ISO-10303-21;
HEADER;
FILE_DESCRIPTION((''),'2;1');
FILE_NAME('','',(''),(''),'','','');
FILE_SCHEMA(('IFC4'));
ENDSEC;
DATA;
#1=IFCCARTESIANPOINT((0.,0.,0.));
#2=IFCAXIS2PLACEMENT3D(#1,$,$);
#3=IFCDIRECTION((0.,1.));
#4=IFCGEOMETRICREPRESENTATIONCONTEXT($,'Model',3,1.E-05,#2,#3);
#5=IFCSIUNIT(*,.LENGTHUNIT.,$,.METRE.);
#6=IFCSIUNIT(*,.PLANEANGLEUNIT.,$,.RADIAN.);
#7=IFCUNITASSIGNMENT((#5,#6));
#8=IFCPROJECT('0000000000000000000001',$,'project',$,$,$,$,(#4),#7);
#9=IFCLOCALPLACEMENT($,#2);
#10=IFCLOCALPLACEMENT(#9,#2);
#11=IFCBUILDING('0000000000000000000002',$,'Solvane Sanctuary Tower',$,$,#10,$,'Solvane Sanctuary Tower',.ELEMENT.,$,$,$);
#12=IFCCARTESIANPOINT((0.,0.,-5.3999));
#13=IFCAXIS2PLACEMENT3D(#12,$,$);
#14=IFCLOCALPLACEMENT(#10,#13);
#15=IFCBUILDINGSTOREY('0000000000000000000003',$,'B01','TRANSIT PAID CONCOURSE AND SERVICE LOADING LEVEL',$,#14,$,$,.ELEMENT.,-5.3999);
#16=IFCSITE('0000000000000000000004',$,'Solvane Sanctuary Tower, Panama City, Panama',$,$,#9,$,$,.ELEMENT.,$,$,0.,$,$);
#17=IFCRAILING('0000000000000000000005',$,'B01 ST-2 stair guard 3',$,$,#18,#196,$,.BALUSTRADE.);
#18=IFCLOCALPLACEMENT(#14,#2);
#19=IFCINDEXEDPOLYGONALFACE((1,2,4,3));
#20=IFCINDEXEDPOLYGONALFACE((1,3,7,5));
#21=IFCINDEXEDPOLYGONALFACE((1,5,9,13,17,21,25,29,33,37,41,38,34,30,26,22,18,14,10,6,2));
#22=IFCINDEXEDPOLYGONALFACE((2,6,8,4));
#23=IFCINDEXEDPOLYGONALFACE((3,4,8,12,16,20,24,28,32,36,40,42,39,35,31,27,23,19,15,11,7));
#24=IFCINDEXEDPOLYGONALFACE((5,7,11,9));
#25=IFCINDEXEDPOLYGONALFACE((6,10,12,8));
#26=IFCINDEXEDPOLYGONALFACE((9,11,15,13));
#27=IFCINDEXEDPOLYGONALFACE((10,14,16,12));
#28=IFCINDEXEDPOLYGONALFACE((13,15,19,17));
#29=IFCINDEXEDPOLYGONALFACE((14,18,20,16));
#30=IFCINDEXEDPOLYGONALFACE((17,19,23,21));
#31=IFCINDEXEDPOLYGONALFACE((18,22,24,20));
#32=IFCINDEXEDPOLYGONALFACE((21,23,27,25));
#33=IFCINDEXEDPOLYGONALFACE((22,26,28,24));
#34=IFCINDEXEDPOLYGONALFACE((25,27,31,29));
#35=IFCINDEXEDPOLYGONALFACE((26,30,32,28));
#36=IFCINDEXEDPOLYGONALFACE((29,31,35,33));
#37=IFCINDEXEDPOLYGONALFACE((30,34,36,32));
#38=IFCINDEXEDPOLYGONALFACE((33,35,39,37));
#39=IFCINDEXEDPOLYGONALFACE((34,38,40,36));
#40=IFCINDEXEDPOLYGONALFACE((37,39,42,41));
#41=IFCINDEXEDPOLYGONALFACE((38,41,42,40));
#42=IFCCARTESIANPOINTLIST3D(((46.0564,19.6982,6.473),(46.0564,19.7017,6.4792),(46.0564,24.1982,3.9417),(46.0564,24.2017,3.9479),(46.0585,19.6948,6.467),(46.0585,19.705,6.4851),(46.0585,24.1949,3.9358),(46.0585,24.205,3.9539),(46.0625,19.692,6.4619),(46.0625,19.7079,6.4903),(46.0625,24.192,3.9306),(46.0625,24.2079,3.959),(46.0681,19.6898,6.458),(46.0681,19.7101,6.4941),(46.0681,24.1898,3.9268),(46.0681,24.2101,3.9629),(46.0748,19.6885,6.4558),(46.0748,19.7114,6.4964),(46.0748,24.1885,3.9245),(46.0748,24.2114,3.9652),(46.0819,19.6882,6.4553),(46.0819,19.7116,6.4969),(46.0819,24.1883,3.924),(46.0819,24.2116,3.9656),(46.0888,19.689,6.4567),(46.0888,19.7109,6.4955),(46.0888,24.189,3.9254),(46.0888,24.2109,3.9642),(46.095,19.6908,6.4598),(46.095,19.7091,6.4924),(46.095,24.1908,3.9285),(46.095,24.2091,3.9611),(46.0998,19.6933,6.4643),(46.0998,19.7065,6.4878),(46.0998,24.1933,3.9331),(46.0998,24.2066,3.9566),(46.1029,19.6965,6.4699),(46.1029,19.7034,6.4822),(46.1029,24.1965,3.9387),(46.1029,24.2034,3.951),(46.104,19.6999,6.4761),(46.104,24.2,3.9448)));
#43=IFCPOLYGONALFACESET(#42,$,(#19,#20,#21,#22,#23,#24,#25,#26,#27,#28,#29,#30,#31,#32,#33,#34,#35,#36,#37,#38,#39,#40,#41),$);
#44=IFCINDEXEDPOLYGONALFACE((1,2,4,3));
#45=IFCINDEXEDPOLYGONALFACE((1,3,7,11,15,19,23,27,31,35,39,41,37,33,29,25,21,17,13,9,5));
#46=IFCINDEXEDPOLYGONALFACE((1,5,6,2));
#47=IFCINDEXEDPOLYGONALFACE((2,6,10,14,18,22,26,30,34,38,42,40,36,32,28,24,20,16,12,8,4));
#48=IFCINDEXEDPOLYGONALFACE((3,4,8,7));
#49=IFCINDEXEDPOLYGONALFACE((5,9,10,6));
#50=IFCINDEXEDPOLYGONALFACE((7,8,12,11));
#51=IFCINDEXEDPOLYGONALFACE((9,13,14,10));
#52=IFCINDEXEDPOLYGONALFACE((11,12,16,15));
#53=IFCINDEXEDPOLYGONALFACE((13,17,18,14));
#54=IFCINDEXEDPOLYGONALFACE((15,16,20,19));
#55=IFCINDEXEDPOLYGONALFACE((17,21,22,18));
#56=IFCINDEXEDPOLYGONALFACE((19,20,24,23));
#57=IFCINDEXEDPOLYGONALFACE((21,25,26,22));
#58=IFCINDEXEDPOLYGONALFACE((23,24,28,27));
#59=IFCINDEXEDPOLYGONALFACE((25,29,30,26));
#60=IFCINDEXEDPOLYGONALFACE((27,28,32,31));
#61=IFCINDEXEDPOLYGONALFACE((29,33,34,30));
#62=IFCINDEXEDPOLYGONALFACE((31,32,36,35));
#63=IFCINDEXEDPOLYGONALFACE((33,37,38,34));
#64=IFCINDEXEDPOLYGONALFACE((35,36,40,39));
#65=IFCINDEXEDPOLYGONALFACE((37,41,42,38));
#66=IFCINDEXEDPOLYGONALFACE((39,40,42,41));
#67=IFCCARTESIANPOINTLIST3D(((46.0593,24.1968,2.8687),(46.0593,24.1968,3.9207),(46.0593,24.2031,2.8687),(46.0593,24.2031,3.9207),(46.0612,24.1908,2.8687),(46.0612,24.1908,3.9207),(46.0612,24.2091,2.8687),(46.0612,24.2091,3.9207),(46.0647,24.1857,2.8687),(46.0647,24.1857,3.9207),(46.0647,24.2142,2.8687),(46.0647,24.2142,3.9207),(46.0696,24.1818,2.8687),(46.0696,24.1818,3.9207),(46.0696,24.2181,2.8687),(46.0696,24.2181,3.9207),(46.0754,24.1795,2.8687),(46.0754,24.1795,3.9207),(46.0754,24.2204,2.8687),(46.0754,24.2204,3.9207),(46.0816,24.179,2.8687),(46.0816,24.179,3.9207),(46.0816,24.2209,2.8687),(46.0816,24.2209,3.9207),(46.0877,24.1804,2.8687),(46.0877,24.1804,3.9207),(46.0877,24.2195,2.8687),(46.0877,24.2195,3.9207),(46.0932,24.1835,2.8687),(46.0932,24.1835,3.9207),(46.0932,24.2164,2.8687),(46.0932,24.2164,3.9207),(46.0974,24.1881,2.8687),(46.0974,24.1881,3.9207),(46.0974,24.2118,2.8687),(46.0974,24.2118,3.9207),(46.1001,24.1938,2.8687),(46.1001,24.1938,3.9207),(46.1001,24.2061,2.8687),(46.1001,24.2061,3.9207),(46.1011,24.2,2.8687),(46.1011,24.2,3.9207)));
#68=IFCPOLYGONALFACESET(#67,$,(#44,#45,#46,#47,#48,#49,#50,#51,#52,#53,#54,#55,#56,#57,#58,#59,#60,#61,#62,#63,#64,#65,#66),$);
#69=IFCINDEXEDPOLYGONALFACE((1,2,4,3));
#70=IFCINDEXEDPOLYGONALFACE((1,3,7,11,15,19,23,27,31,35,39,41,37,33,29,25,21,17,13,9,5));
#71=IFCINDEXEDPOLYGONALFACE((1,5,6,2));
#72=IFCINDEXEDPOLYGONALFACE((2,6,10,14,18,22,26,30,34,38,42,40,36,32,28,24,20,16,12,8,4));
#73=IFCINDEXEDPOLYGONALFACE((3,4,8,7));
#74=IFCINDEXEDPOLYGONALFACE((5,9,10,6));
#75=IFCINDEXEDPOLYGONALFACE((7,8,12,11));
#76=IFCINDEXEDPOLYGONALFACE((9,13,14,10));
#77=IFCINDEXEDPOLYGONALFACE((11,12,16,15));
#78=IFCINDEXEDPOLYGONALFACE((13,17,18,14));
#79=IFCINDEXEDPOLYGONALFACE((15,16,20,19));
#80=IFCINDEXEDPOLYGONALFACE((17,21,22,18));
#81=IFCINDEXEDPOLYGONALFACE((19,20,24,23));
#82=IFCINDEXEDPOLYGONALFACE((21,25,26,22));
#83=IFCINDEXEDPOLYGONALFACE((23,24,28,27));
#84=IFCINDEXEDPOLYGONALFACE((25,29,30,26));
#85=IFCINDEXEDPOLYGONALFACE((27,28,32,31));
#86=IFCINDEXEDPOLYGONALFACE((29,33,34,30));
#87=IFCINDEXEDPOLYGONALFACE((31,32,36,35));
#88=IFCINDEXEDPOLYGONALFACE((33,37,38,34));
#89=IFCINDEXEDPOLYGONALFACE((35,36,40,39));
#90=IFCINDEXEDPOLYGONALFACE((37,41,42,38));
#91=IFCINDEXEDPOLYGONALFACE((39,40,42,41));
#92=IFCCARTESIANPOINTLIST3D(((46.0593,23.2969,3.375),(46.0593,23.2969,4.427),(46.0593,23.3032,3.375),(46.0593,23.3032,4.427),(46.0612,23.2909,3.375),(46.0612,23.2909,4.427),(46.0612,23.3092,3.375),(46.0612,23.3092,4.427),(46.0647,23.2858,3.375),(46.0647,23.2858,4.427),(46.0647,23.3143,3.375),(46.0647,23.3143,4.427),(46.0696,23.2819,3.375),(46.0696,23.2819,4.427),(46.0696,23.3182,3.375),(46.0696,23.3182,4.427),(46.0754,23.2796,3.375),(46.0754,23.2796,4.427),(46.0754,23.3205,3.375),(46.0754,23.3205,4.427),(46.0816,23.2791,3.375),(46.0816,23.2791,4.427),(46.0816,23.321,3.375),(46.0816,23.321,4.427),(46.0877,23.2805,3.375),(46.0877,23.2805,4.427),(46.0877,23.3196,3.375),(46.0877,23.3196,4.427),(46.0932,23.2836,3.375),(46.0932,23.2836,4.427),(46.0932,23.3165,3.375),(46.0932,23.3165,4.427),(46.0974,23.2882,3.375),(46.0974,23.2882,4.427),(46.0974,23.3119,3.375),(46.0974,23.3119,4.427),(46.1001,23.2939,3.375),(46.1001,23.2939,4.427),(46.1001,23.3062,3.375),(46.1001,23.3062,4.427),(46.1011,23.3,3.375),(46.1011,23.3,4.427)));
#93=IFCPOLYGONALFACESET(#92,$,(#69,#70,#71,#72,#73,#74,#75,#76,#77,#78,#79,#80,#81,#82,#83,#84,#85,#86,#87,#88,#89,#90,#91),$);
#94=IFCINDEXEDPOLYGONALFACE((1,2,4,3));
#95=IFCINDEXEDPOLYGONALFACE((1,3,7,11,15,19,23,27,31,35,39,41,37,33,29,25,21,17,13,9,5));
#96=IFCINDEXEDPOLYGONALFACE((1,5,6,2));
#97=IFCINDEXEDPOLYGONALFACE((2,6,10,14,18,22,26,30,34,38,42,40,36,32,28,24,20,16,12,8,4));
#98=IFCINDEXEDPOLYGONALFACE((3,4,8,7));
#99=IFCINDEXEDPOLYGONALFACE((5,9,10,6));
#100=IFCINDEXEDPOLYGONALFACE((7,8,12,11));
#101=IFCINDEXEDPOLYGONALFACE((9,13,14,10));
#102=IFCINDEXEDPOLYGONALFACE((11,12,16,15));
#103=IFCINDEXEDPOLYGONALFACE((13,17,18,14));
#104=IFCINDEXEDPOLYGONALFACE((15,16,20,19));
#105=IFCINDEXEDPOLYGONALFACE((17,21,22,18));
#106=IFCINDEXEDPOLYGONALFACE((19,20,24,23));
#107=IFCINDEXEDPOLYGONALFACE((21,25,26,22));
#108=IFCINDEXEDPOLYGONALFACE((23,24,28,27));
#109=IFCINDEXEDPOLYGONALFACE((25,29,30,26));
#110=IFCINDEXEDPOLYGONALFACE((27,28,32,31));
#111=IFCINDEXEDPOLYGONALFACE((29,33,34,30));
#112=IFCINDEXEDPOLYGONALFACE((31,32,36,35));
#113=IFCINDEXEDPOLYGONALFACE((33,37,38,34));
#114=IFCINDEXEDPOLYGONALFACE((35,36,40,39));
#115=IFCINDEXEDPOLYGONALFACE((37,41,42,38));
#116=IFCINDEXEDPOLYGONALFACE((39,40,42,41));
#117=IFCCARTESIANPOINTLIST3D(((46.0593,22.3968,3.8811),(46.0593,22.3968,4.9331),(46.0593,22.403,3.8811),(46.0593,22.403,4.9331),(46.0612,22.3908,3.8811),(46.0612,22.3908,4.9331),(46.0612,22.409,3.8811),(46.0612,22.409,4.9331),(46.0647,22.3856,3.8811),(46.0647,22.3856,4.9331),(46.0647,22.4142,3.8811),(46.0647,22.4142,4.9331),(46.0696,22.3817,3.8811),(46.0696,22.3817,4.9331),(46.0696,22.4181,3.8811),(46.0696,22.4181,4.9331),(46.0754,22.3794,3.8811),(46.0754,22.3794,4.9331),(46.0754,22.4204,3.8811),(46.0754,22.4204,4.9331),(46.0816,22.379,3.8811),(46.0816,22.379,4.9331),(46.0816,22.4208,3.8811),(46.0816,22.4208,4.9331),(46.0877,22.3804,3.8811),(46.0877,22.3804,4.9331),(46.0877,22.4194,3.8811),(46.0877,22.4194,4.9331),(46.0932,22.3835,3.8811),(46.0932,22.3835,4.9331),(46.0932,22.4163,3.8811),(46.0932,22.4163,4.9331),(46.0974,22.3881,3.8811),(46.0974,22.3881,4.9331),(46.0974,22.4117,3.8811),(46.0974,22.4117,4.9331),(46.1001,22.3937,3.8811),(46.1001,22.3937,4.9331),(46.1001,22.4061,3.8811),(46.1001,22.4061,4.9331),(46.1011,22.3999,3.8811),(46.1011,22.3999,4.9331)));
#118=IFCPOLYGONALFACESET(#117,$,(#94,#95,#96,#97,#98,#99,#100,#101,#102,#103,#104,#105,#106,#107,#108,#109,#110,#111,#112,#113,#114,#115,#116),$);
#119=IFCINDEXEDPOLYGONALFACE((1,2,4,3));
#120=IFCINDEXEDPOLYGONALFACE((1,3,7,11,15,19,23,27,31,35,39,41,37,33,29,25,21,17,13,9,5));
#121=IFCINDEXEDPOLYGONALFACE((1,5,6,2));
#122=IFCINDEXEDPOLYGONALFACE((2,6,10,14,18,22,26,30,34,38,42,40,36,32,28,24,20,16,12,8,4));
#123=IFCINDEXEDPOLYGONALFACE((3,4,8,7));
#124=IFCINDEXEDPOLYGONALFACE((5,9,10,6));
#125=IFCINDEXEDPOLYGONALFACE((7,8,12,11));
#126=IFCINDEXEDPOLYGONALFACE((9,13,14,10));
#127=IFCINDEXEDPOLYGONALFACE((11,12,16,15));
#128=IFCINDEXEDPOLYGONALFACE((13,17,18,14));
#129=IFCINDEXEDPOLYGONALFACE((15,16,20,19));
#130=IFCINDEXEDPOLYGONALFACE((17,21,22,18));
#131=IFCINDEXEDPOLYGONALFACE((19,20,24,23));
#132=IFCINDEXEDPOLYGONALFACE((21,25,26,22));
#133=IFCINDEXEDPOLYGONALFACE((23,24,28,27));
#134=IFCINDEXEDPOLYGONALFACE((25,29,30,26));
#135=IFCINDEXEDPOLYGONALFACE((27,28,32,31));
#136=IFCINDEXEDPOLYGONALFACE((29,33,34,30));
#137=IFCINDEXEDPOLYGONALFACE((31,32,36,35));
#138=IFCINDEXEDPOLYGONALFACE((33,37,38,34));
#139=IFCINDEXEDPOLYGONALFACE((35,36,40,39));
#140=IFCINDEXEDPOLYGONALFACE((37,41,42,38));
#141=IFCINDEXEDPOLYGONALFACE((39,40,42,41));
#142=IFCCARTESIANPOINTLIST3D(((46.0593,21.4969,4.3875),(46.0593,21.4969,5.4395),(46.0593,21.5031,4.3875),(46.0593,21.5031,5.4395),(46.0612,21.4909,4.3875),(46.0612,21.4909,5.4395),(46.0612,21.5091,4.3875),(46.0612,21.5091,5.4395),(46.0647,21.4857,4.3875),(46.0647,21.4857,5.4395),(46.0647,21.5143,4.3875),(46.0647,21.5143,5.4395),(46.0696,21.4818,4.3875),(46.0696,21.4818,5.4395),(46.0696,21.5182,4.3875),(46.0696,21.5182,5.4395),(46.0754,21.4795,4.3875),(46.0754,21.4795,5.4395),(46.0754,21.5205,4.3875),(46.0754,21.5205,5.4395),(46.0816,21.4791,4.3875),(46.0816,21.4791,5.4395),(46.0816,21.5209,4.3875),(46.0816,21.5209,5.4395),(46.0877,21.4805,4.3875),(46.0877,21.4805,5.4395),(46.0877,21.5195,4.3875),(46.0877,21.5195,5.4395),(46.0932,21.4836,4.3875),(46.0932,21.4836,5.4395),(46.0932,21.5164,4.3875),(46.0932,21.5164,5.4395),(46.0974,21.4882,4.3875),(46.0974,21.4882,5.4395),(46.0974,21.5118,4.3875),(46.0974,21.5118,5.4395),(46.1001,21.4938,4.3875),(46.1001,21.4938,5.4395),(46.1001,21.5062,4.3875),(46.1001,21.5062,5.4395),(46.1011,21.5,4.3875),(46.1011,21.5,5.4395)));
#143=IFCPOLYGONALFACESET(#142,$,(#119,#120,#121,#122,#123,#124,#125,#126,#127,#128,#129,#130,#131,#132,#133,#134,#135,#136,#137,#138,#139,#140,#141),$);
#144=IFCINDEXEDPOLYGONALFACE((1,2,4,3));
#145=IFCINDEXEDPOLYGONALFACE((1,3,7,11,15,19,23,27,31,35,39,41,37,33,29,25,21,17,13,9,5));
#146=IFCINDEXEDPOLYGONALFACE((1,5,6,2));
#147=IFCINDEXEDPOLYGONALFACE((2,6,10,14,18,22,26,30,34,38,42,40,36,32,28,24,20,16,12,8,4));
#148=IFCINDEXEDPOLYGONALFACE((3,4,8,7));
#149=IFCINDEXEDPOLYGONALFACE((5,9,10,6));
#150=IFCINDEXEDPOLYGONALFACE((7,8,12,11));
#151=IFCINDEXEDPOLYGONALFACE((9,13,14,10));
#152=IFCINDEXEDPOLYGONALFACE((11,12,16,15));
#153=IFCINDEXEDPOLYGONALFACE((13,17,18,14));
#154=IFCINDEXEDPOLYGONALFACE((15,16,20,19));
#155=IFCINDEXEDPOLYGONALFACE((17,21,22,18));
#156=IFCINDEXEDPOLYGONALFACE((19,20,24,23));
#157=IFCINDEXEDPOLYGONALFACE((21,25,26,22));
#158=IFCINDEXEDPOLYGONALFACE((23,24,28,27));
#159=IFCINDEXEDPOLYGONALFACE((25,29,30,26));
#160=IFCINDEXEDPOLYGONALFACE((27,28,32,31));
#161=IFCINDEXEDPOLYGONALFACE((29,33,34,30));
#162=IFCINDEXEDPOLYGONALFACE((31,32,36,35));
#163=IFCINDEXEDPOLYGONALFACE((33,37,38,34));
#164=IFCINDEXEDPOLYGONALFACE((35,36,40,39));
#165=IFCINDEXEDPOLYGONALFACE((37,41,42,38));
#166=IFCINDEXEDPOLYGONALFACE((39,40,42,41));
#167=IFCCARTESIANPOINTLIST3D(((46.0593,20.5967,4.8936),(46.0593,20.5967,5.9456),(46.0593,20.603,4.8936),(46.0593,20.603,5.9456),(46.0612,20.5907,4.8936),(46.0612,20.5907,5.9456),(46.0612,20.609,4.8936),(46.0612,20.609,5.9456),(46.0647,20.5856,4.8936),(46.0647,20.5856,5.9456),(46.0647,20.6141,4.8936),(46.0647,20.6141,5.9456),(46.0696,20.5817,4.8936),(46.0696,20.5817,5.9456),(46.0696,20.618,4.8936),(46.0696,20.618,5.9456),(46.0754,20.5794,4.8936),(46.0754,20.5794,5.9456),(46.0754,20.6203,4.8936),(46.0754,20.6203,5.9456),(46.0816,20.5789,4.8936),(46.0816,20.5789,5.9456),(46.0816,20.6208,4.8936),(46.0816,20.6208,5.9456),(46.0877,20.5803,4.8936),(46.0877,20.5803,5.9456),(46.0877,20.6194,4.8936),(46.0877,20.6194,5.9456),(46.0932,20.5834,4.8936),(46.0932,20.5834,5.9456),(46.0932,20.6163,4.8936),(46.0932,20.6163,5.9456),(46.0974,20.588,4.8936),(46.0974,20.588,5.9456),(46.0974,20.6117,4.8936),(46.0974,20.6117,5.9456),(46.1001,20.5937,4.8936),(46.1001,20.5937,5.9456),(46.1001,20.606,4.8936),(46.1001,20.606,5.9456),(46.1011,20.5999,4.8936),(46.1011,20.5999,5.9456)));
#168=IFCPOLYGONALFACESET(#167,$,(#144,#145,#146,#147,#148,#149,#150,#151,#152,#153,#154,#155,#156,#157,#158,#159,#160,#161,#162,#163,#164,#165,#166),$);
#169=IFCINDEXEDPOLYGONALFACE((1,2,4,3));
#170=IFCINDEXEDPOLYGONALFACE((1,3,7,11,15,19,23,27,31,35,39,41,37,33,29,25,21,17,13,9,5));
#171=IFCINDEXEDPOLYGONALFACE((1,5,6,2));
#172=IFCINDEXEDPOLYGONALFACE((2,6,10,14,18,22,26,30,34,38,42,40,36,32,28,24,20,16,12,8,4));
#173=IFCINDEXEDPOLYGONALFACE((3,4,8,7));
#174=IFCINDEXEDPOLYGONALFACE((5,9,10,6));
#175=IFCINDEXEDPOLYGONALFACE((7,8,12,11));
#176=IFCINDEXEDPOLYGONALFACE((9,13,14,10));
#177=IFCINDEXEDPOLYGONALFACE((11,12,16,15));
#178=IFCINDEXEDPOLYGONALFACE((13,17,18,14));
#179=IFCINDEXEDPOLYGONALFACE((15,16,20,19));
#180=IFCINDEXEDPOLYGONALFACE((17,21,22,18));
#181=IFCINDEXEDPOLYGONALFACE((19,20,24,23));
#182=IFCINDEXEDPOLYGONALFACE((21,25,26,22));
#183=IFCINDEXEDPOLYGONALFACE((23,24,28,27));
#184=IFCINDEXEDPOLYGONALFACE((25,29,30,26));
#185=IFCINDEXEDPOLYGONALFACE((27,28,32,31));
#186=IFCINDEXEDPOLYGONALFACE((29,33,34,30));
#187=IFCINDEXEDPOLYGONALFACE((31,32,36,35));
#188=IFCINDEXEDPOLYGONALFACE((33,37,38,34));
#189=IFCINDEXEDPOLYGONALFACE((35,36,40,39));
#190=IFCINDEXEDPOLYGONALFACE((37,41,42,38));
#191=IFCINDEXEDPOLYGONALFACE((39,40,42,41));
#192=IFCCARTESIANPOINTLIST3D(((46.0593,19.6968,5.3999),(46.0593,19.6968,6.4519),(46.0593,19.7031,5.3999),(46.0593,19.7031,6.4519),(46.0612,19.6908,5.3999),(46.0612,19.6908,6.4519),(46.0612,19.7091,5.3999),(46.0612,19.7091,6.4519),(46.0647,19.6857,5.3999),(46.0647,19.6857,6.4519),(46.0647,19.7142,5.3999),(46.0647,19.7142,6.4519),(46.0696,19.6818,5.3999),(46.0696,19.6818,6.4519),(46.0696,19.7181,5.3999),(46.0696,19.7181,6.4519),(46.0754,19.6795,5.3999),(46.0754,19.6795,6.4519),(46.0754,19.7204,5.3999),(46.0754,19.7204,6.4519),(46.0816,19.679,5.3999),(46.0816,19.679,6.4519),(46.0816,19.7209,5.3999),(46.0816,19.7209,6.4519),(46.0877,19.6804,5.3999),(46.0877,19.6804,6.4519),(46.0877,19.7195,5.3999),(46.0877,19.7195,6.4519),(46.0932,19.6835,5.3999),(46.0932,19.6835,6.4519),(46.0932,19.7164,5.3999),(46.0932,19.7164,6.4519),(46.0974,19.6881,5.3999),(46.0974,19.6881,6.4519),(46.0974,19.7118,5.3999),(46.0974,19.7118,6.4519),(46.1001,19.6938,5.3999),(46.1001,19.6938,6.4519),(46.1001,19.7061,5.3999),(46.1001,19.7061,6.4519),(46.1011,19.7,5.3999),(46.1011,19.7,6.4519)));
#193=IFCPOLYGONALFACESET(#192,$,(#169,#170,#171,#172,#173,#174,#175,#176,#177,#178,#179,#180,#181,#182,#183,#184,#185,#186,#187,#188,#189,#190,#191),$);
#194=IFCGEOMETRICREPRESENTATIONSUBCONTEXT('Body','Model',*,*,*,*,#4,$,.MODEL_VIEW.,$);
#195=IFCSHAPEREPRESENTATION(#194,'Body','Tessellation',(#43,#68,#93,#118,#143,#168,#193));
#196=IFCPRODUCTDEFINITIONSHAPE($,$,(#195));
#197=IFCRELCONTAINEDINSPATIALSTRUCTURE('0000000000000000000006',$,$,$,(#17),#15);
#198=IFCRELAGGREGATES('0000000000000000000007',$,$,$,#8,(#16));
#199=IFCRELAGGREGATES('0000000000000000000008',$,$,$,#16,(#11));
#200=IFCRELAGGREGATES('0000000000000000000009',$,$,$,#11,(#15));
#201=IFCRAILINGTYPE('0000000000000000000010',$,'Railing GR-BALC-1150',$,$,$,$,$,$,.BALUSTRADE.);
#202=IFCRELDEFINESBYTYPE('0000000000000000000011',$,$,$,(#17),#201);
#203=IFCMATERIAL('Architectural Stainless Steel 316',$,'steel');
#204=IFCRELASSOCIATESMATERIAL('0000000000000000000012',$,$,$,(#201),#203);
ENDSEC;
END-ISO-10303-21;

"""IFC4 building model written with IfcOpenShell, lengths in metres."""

from ifc_helpers import new_model, si_unit, direction, frame, origin, origin_2d, place, context, subcontext, project, spatial, circle, extrude, material, type_object, element, save


model = new_model("IFC4")

# Units and contexts
model_context = context("Model", 3, precision=1e-05, world=origin(), true_north=direction((0.0, 1.0)))
body_context = subcontext(model_context, "Body", "Model", "MODEL_VIEW")
ifc_project = project(units=[si_unit("LENGTHUNIT", "METRE"), si_unit("PLANEANGLEUNIT", "RADIAN")], contexts=[model_context])

# Site, building, storey
site_placement = place(None, origin())
site = spatial("IfcSite", under=ifc_project, at=site_placement, Name="Solvane Sanctuary Tower, Panama City, Panama", CompositionType="ELEMENT", RefElevation=0.0)
building_placement = place(site_placement, origin())
building = spatial("IfcBuilding", under=site, at=building_placement, Name="Solvane Sanctuary Tower", LongName="Solvane Sanctuary Tower", CompositionType="ELEMENT")
storey_placement = place(building_placement, frame((0.0, 0.0, -5.3999)))
storey = spatial("IfcBuildingStorey", under=building, at=storey_placement, Name="B01", Description="TRANSIT PAID CONCOURSE AND SERVICE LOADING LEVEL", CompositionType="ELEMENT", Elevation=-5.3999)

# Shared definitions
ifc_material_1 = material(Name="Architectural Stainless Steel 316", Category="steel")

# Railing
railing_type_1 = type_object("IfcRailingType", Name="Railing GR-BALC-1150", PredefinedType="BALUSTRADE", material=ifc_material_1)
railing_1_placement = place(storey_placement, frame((46.0801, 24.2, 2.8687)))
element("IfcRailing", 1, at=railing_1_placement, inside=storey, type_object=railing_type_1, Name="B01 ST-2 stair guard 3", PredefinedType="BALUSTRADE", context=body_context, shape_type="SweptSolid", body=[
    extrude(circle(Radius=0.0239, at=origin_2d()), frame((0.0, 0.0, 1.0762), z_axis=(0.0, -0.871576, 0.490261), x_axis=(1.0, 0.0, 0.0)), (0.0, 0.0, 1.0), 5.1631),
    extrude(circle(Radius=0.021, at=origin_2d()), origin(), (0.0, 0.0, 1.0), 1.052),
    extrude(circle(Radius=0.021, at=origin_2d()), frame((0.0, -0.8999, 0.5063)), (0.0, 0.0, 1.0), 1.052),
    extrude(circle(Radius=0.021, at=origin_2d()), frame((0.0, -1.8, 1.0125)), (0.0, 0.0, 1.0), 1.052),
    extrude(circle(Radius=0.021, at=origin_2d()), frame((0.0, -2.7, 1.5188)), (0.0, 0.0, 1.0), 1.052),
    extrude(circle(Radius=0.021, at=origin_2d()), frame((0.0, -3.6001, 2.0249)), (0.0, 0.0, 1.0), 1.052),
    extrude(circle(Radius=0.021, at=origin_2d()), frame((0.0, -4.5, 2.5312)), (0.0, 0.0, 1.0), 1.052),
])

save(model, "model.ifc")
